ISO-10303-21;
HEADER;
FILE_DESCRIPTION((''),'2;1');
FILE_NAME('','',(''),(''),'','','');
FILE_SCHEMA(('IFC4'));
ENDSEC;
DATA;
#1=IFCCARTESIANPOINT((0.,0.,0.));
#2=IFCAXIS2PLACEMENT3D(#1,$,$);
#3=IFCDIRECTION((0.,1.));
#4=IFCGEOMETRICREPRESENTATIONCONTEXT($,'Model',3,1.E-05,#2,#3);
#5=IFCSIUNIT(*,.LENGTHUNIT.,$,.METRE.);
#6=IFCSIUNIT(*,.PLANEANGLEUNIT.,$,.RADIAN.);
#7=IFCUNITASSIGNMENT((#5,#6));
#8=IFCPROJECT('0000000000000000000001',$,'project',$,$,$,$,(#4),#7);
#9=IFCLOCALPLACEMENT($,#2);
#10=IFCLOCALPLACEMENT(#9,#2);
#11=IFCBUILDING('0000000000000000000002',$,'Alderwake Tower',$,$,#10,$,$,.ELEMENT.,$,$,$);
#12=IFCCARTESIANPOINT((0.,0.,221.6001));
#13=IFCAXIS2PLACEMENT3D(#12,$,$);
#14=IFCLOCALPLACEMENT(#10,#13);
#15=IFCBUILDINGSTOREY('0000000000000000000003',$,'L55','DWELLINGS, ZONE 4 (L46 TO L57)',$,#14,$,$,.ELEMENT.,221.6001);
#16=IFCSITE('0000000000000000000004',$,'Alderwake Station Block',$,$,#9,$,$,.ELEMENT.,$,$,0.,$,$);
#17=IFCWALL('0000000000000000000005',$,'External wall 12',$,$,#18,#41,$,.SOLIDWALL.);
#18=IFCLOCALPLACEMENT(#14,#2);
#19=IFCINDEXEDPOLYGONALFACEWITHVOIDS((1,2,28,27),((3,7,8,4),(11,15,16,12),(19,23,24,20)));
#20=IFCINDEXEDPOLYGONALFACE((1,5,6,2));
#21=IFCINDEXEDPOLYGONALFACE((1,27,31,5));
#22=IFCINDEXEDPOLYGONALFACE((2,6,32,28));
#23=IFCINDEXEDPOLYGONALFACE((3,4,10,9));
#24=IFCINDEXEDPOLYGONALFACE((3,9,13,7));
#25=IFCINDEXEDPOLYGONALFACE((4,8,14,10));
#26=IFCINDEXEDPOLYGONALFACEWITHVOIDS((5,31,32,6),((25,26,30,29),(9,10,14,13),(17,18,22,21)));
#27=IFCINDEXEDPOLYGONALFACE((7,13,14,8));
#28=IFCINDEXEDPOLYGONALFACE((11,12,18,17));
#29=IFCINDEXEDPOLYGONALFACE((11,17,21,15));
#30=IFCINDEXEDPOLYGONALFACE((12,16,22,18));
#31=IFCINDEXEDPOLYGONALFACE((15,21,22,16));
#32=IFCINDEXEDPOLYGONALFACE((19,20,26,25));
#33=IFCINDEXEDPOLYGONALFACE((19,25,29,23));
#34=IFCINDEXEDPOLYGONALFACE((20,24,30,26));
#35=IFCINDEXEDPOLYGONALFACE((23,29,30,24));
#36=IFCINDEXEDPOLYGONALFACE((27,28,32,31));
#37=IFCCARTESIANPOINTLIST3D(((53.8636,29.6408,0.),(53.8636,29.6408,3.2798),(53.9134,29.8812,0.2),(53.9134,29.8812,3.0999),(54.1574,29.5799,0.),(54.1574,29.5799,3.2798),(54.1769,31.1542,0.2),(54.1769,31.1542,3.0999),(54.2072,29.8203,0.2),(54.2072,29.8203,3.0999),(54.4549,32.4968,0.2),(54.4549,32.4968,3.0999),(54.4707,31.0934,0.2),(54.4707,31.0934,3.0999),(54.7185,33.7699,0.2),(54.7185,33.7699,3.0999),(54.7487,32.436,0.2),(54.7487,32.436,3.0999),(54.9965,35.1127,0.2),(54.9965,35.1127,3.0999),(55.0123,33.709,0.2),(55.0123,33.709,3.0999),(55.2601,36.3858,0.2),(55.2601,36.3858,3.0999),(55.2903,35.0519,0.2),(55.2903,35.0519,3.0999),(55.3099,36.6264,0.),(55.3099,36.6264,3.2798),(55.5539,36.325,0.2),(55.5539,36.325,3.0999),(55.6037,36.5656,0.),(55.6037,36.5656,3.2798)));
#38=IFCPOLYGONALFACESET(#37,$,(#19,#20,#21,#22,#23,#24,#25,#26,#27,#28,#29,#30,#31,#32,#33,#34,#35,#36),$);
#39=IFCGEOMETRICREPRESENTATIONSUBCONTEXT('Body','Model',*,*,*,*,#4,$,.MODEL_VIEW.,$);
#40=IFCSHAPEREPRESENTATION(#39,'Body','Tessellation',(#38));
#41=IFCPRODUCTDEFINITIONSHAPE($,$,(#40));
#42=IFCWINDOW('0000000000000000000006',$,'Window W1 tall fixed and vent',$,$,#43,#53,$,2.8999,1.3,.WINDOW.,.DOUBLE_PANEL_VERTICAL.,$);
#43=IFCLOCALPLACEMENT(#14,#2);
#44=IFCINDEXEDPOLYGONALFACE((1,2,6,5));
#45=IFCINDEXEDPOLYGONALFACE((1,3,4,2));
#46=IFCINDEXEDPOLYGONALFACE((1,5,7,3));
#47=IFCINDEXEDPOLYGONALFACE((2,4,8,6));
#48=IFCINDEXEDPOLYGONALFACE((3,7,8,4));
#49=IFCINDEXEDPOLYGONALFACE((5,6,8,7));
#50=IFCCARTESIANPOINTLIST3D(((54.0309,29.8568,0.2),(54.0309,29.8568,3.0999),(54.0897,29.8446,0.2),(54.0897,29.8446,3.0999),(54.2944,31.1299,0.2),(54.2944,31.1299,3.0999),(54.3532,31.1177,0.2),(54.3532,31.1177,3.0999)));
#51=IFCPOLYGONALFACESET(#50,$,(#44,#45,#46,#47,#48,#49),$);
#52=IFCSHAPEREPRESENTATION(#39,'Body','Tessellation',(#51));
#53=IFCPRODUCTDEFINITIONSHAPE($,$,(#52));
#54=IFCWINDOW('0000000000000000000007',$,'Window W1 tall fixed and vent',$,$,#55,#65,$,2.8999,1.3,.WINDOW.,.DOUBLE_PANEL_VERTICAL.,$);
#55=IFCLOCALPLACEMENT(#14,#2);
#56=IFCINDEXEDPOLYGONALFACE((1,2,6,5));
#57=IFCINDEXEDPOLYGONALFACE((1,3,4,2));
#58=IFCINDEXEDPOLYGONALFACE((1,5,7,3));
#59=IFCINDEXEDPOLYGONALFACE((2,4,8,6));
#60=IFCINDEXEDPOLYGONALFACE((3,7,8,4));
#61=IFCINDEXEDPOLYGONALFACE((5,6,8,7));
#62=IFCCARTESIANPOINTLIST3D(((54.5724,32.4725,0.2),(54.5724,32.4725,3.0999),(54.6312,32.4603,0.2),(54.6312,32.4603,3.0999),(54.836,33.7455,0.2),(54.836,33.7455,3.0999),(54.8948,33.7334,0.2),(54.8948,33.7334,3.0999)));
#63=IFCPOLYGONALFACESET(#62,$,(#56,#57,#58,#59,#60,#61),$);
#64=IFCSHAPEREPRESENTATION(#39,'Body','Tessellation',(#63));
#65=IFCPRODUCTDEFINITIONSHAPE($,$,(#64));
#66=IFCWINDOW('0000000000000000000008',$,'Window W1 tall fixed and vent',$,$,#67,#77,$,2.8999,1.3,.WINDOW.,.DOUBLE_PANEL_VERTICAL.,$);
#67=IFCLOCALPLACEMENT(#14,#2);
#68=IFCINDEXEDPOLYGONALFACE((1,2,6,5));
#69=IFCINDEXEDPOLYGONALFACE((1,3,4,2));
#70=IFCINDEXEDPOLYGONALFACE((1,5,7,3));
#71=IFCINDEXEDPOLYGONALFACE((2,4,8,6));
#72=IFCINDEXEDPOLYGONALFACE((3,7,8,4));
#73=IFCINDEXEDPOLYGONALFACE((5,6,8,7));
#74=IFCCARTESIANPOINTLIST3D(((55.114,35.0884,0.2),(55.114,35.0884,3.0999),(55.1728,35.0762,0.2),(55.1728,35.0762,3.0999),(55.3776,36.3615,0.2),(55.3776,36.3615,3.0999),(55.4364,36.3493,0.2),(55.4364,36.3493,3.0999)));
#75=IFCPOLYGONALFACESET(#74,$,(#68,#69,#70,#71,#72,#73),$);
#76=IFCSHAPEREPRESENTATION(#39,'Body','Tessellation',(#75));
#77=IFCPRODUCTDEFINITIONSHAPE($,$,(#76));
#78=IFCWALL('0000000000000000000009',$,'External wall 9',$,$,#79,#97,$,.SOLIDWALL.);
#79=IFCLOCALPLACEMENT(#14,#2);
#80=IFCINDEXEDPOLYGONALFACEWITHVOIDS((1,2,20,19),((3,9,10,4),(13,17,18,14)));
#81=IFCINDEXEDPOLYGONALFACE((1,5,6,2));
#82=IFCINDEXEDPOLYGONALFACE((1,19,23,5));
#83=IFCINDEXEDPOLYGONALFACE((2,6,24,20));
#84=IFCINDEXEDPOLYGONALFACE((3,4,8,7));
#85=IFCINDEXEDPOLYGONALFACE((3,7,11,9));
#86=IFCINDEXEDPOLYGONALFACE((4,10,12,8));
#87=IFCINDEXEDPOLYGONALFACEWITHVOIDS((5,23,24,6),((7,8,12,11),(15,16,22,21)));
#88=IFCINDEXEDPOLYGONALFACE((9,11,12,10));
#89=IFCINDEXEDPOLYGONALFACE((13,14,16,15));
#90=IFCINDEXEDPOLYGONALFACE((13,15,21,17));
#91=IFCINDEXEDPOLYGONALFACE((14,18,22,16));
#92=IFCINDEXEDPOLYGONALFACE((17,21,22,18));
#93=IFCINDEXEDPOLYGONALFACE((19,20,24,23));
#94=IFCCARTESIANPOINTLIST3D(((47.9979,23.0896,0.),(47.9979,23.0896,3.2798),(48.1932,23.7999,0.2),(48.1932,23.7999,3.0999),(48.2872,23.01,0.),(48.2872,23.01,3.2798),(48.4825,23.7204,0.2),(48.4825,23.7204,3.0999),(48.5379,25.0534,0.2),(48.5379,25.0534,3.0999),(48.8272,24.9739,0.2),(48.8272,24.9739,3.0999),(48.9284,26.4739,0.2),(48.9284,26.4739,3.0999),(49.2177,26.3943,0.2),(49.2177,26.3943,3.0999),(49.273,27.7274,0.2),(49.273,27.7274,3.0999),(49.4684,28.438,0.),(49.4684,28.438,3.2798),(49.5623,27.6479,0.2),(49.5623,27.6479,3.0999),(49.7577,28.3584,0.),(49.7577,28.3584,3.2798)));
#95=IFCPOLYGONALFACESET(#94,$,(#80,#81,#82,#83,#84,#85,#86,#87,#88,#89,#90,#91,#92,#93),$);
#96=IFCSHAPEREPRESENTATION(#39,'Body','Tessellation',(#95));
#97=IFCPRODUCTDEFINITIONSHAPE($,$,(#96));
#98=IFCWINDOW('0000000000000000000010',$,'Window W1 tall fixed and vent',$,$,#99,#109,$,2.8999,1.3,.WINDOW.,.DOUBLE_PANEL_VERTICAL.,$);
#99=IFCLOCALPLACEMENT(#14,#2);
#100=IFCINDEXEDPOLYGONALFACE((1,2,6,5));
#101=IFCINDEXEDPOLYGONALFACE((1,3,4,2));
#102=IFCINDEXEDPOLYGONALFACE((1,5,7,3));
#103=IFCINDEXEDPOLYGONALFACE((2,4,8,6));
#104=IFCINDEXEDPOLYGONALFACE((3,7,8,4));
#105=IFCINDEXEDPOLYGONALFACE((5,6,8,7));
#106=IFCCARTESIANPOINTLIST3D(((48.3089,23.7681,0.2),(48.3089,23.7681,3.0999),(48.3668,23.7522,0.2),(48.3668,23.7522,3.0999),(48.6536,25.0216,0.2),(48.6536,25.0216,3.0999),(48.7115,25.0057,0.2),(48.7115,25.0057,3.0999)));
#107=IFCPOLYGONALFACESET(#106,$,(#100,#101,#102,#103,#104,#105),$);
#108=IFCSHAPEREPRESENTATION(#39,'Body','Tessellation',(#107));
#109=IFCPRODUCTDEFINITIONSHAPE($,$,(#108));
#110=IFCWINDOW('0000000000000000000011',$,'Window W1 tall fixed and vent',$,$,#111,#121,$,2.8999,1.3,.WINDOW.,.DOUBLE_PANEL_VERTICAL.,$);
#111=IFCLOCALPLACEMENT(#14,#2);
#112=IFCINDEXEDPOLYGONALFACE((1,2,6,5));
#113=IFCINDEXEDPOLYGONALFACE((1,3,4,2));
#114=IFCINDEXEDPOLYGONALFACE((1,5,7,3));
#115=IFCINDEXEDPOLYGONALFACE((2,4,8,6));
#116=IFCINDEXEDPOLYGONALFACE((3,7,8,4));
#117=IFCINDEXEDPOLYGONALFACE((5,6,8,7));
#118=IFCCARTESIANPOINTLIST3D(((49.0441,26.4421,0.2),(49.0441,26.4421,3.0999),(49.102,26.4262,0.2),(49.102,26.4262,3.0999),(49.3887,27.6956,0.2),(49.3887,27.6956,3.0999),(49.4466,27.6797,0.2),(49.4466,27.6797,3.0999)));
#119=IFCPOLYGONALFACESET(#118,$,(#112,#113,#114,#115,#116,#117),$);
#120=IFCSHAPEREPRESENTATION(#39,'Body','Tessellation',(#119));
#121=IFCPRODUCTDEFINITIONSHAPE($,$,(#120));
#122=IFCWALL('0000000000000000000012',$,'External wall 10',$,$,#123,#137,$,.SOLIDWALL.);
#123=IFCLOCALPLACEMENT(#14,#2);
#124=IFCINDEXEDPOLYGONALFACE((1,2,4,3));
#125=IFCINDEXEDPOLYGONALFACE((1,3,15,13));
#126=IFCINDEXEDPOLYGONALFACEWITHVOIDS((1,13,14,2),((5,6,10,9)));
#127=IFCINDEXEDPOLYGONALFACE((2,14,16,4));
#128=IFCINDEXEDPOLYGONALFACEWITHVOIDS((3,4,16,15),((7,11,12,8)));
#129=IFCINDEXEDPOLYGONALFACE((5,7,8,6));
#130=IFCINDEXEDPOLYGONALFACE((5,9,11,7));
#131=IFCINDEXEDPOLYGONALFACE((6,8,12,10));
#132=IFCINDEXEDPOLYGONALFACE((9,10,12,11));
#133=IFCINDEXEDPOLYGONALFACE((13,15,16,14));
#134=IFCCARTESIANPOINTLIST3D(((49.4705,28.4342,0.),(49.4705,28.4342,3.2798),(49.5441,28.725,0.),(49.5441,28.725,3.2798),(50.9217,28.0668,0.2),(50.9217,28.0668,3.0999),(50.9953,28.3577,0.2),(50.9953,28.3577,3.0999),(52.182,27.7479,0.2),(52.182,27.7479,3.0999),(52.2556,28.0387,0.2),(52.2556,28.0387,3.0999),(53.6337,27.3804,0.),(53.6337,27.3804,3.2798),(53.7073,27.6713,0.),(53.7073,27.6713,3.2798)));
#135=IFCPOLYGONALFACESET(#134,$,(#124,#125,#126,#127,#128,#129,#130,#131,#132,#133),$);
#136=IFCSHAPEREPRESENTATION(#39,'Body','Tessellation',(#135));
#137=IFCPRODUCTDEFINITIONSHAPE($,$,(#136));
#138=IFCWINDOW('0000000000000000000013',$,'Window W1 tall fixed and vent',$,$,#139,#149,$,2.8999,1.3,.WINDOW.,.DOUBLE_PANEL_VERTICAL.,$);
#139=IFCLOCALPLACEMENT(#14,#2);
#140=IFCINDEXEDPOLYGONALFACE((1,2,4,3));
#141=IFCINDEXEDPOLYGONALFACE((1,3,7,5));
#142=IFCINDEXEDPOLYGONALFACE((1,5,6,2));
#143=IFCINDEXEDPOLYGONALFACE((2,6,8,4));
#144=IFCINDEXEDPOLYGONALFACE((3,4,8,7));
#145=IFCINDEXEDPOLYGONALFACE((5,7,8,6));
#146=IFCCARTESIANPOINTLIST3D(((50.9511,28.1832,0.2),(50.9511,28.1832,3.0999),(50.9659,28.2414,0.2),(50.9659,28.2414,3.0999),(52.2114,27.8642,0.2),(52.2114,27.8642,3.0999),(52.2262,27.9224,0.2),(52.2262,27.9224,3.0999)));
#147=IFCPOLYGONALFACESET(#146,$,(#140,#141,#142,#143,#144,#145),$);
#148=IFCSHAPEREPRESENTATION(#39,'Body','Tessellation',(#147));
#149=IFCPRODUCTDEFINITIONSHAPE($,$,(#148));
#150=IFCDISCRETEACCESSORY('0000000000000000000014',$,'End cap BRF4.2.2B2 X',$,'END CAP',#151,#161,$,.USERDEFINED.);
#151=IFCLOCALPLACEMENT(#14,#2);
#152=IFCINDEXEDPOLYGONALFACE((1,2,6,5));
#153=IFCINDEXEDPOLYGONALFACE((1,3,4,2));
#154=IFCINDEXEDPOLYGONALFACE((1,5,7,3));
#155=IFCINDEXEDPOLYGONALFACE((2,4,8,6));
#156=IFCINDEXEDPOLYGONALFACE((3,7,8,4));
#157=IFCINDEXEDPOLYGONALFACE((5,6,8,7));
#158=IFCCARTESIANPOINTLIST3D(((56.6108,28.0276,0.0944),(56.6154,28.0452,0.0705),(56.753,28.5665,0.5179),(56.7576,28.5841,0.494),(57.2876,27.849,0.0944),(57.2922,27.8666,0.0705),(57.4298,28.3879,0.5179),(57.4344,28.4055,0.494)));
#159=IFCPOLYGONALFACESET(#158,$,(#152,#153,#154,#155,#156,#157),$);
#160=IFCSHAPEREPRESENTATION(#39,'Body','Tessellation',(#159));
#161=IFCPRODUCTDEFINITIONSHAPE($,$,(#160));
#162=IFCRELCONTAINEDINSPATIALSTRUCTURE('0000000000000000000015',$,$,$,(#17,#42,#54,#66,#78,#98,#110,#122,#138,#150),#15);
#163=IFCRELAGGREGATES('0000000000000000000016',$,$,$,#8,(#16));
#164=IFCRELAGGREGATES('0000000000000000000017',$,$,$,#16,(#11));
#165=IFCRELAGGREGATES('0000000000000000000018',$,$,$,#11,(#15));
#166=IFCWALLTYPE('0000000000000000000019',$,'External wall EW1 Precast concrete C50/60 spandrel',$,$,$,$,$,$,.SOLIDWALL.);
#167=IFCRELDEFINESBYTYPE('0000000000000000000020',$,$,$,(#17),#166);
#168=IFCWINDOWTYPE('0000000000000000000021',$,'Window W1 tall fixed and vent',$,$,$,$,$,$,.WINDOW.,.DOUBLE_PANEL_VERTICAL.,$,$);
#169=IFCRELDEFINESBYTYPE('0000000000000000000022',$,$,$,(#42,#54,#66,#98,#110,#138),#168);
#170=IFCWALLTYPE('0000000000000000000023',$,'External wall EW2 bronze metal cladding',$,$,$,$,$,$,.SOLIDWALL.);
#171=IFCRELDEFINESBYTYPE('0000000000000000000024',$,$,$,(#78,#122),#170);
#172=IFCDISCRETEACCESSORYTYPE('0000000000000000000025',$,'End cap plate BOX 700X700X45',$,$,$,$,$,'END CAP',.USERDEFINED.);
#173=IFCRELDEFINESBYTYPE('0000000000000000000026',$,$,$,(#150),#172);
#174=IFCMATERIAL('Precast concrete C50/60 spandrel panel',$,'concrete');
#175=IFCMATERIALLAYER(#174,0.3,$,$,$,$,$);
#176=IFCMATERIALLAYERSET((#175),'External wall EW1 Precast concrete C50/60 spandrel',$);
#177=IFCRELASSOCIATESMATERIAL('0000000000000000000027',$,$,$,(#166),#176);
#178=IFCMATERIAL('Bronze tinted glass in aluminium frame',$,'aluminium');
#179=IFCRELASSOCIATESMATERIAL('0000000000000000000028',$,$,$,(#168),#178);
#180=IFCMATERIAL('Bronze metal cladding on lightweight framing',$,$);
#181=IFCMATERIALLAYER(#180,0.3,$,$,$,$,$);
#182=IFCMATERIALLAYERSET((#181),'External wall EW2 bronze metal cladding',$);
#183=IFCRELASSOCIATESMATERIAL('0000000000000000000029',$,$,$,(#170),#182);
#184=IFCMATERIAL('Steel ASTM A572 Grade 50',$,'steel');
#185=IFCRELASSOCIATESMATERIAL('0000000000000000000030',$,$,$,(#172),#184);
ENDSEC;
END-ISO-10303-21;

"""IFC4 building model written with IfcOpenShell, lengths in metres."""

from ifc_helpers import new_model, si_unit, direction, frame, frame_2d, origin, origin_2d, place, context, subcontext, project, spatial, rectangle, extrude, material, layer, layer_set, material_profile, profile_set, type_object, element, fill, save


model = new_model("IFC4")

# Units and contexts
model_context = context("Model", 3, precision=1e-05, world=origin(), true_north=direction((0.0, 1.0)))
body_context = subcontext(model_context, "Body", "Model", "MODEL_VIEW")
ifc_project = project(units=[si_unit("LENGTHUNIT", "METRE"), si_unit("PLANEANGLEUNIT", "RADIAN")], contexts=[model_context])

# Site, building, storey
site_placement = place(None, origin())
site = spatial("IfcSite", under=ifc_project, at=site_placement, Name="Alderwake Station Block", CompositionType="ELEMENT", RefElevation=0.0)
building_placement = place(site_placement, origin())
building = spatial("IfcBuilding", under=site, at=building_placement, Name="Alderwake Tower", CompositionType="ELEMENT")
storey_placement = place(building_placement, frame((0.0, 0.0, 221.6001)))
storey = spatial("IfcBuildingStorey", under=building, at=storey_placement, Name="L55", Description="DWELLINGS, ZONE 4 (L46 TO L57)", CompositionType="ELEMENT", Elevation=221.6001)

# Shared definitions
ifc_material_1 = material(Name="Precast concrete C50/60 spandrel panel", Category="concrete")
ifc_layer_1 = layer(ifc_material_1, 0.3)
ifc_layer_set_1 = layer_set([ifc_layer_1], Name="External wall EW1 Precast concrete C50/60 spandrel")
wall_type_1 = type_object("IfcWallType", Name="External wall EW1 Precast concrete C50/60 spandrel", PredefinedType="SOLIDWALL", material=ifc_layer_set_1)

# Wall, openings, windows
wall_1_placement = place(storey_placement, frame((54.0105, 29.6104, 0.0), z_axis=(0.0, 0.0, 1.0), x_axis=(0.202739, 0.979233, 0.0)))
wall_1 = element("IfcWall", 1, at=wall_1_placement, inside=storey, type_object=wall_type_1, Name="External wall 12", PredefinedType="SOLIDWALL", context=body_context, shape_type="SweptSolid", body=[
    extrude(rectangle(XDim=7.1338, YDim=0.3, at=frame_2d((3.5669, 0.0))), origin(), (0.0, 0.0, 1.0), 3.2798),
])
opening_1_placement = place(wall_1_placement, frame((0.2456, 0.0, 0.2)))
opening_1 = element("IfcOpeningElement", 2, at=opening_1_placement, cuts=wall_1, PredefinedType="OPENING", context=body_context, shape_type="SweptSolid", body=[
    extrude(rectangle(XDim=1.3, YDim=2.8999, at=frame_2d((0.6499, 1.45))), frame((0.0, 0.1599, 0.0), z_axis=(0.0, -1.0, 0.0), x_axis=(1.0, 0.0, 0.0)), (0.0, 0.0, 1.0), 0.3201),
])
opening_2_placement = place(wall_1_placement, frame((2.9167, 0.0, 0.2)))
opening_2 = element("IfcOpeningElement", 3, at=opening_2_placement, cuts=wall_1, PredefinedType="OPENING", context=body_context, shape_type="SweptSolid", body=[
    extrude(rectangle(XDim=1.3, YDim=2.8999, at=frame_2d((0.6499, 1.45))), frame((0.0, 0.1599, 0.0), z_axis=(0.0, -1.0, 0.0), x_axis=(1.0, 0.0, 0.0)), (0.0, 0.0, 1.0), 0.3201),
])
opening_3_placement = place(wall_1_placement, frame((5.5881, 0.0, 0.2)))
opening_3 = element("IfcOpeningElement", 4, at=opening_3_placement, cuts=wall_1, PredefinedType="OPENING", context=body_context, shape_type="SweptSolid", body=[
    extrude(rectangle(XDim=1.3, YDim=2.8999, at=frame_2d((0.6499, 1.45))), frame((0.0, 0.1599, 0.0), z_axis=(0.0, -1.0, 0.0), x_axis=(1.0, 0.0, 0.0)), (0.0, 0.0, 1.0), 0.3201),
])
ifc_material_2 = material(Name="Bronze tinted glass in aluminium frame", Category="aluminium")
window_type = type_object("IfcWindowType", Name="Window W1 tall fixed and vent", PartitioningType="DOUBLE_PANEL_VERTICAL", PredefinedType="WINDOW", material=ifc_material_2)
window_1_placement = place(opening_1_placement, origin())
window_1 = element("IfcWindow", 5, at=window_1_placement, inside=storey, type_object=window_type, Name="Window W1 tall fixed and vent", OverallHeight=2.8999, OverallWidth=1.3, PartitioningType="DOUBLE_PANEL_VERTICAL", PredefinedType="WINDOW", context=body_context, shape_type="SweptSolid", body=[
    extrude(rectangle(XDim=1.3, YDim=2.8999, at=frame_2d((0.6499, 1.45))), frame((0.0, 0.03, 0.0), z_axis=(0.0, -1.0, 0.0), x_axis=(1.0, 0.0, 0.0)), (0.0, 0.0, 1.0), 0.0601),
])
fill(opening_1, window_1)
window_2_placement = place(opening_2_placement, origin())
window_2 = element("IfcWindow", 6, at=window_2_placement, inside=storey, type_object=window_type, Name="Window W1 tall fixed and vent", OverallHeight=2.8999, OverallWidth=1.3, PartitioningType="DOUBLE_PANEL_VERTICAL", PredefinedType="WINDOW", context=body_context, shape_type="SweptSolid", body=[
    extrude(rectangle(XDim=1.3, YDim=2.8999, at=frame_2d((0.6499, 1.45))), frame((0.0, 0.03, 0.0), z_axis=(0.0, -1.0, 0.0), x_axis=(1.0, 0.0, 0.0)), (0.0, 0.0, 1.0), 0.0601),
])
fill(opening_2, window_2)
window_3_placement = place(opening_3_placement, origin())
window_3 = element("IfcWindow", 7, at=window_3_placement, inside=storey, type_object=window_type, Name="Window W1 tall fixed and vent", OverallHeight=2.8999, OverallWidth=1.3, PartitioningType="DOUBLE_PANEL_VERTICAL", PredefinedType="WINDOW", context=body_context, shape_type="SweptSolid", body=[
    extrude(rectangle(XDim=1.3, YDim=2.8999, at=frame_2d((0.6499, 1.45))), frame((0.0, 0.03, 0.0), z_axis=(0.0, -1.0, 0.0), x_axis=(1.0, 0.0, 0.0)), (0.0, 0.0, 1.0), 0.0601),
])
fill(opening_3, window_3)

# Wall, openings, windows
ifc_material_3 = material(Name="Bronze metal cladding on lightweight framing")
ifc_layer_2 = layer(ifc_material_3, 0.3)
ifc_layer_set_2 = layer_set([ifc_layer_2], Name="External wall EW2 bronze metal cladding")
wall_type_2 = type_object("IfcWallType", Name="External wall EW2 bronze metal cladding", PredefinedType="SOLIDWALL", material=ifc_layer_set_2)
wall_2_placement = place(storey_placement, frame((48.1426, 23.0498, 0.0), z_axis=(0.0, 0.0, 1.0), x_axis=(0.265098, 0.964221, 0.0)))
wall_2 = element("IfcWall", 8, at=wall_2_placement, inside=storey, type_object=wall_type_2, Name="External wall 9", PredefinedType="SOLIDWALL", context=body_context, shape_type="SweptSolid", body=[
    extrude(rectangle(XDim=5.5469, YDim=0.3, at=frame_2d((2.7734, 0.0))), origin(), (0.0, 0.0, 1.0), 3.2798),
])
opening_4_placement = place(wall_2_placement, frame((0.7368, 0.0, 0.2)))
opening_4 = element("IfcOpeningElement", 9, at=opening_4_placement, cuts=wall_2, PredefinedType="OPENING", context=body_context, shape_type="SweptSolid", body=[
    extrude(rectangle(XDim=1.3, YDim=2.8999, at=frame_2d((0.6499, 1.45))), frame((0.0, 0.1599, 0.0), z_axis=(0.0, -1.0, 0.0), x_axis=(1.0, 0.0, 0.0)), (0.0, 0.0, 1.0), 0.3201),
])
opening_5_placement = place(wall_2_placement, frame((3.51, 0.0, 0.2)))
opening_5 = element("IfcOpeningElement", 10, at=opening_5_placement, cuts=wall_2, PredefinedType="OPENING", context=body_context, shape_type="SweptSolid", body=[
    extrude(rectangle(XDim=1.3, YDim=2.8999, at=frame_2d((0.6499, 1.45))), frame((0.0, 0.1599, 0.0), z_axis=(0.0, -1.0, 0.0), x_axis=(1.0, 0.0, 0.0)), (0.0, 0.0, 1.0), 0.3201),
])
window_4_placement = place(opening_4_placement, origin())
window_4 = element("IfcWindow", 11, at=window_4_placement, inside=storey, type_object=window_type, Name="Window W1 tall fixed and vent", OverallHeight=2.8999, OverallWidth=1.3, PartitioningType="DOUBLE_PANEL_VERTICAL", PredefinedType="WINDOW", context=body_context, shape_type="SweptSolid", body=[
    extrude(rectangle(XDim=1.3, YDim=2.8999, at=frame_2d((0.6499, 1.45))), frame((0.0, 0.03, 0.0), z_axis=(0.0, -1.0, 0.0), x_axis=(1.0, 0.0, 0.0)), (0.0, 0.0, 1.0), 0.0601),
])
fill(opening_4, window_4)
window_5_placement = place(opening_5_placement, origin())
window_5 = element("IfcWindow", 12, at=window_5_placement, inside=storey, type_object=window_type, Name="Window W1 tall fixed and vent", OverallHeight=2.8999, OverallWidth=1.3, PartitioningType="DOUBLE_PANEL_VERTICAL", PredefinedType="WINDOW", context=body_context, shape_type="SweptSolid", body=[
    extrude(rectangle(XDim=1.3, YDim=2.8999, at=frame_2d((0.6499, 1.45))), frame((0.0, 0.03, 0.0), z_axis=(0.0, -1.0, 0.0), x_axis=(1.0, 0.0, 0.0)), (0.0, 0.0, 1.0), 0.0601),
])
fill(opening_5, window_5)

# Wall, opening, window
wall_3_placement = place(storey_placement, frame((49.5073, 28.5796, 0.0), z_axis=(0.0, 0.0, 1.0), x_axis=(0.969429, -0.24537, 0.0)))
wall_3 = element("IfcWall", 13, at=wall_3_placement, inside=storey, type_object=wall_type_2, Name="External wall 10", PredefinedType="SOLIDWALL", context=body_context, shape_type="SweptSolid", body=[
    extrude(rectangle(XDim=4.2944, YDim=0.3, at=frame_2d((2.1472, 0.0))), origin(), (0.0, 0.0, 1.0), 3.2798),
])
opening_6_placement = place(wall_3_placement, frame((1.4971, 0.0, 0.2)))
opening_6 = element("IfcOpeningElement", 14, at=opening_6_placement, cuts=wall_3, PredefinedType="OPENING", context=body_context, shape_type="SweptSolid", body=[
    extrude(rectangle(XDim=1.3, YDim=2.8999, at=frame_2d((0.6499, 1.45))), frame((0.0, 0.1599, 0.0), z_axis=(0.0, -1.0, 0.0), x_axis=(1.0, 0.0, 0.0)), (0.0, 0.0, 1.0), 0.3201),
])
window_6_placement = place(opening_6_placement, origin())
window_6 = element("IfcWindow", 15, at=window_6_placement, inside=storey, type_object=window_type, Name="Window W1 tall fixed and vent", OverallHeight=2.8999, OverallWidth=1.3, PartitioningType="DOUBLE_PANEL_VERTICAL", PredefinedType="WINDOW", context=body_context, shape_type="SweptSolid", body=[
    extrude(rectangle(XDim=1.3, YDim=2.8999, at=frame_2d((0.6499, 1.45))), frame((0.0, 0.03, 0.0), z_axis=(0.0, -1.0, 0.0), x_axis=(1.0, 0.0, 0.0)), (0.0, 0.0, 1.0), 0.0601),
])
fill(opening_6, window_6)

# Discrete accessory
ifc_material_4 = material(Name="Steel ASTM A572 Grade 50", Category="steel")
ifc_material_profile_1 = material_profile(ifc_material_4, rectangle(XDim=0.7, YDim=0.7, at=origin_2d()), Name="BOX 700X700X45 cap")
ifc_profile_set_1 = profile_set([ifc_material_profile_1], Name="Steel ASTM A572 Grade 50")
discrete_accessory_type = type_object("IfcDiscreteAccessoryType", Name="End cap plate BOX 700X700X45", ElementType="END CAP", PredefinedType="USERDEFINED", material=ifc_profile_set_1)
discrete_accessory_placement = place(storey_placement, frame((57.0203, 28.2078, 0.3062), z_axis=(0.15437, 0.584979, -0.796222), x_axis=(-0.9669, 0.255154, 0.0)))
element("IfcDiscreteAccessory", 16, at=discrete_accessory_placement, inside=storey, type_object=discrete_accessory_type, Name="End cap BRF4.2.2B2 X", ObjectType="END CAP", PredefinedType="USERDEFINED", context=body_context, shape_type="SweptSolid", body=[
    extrude(rectangle(XDim=0.7, YDim=0.7, at=origin_2d()), origin(), (0.0, 0.0, 1.0), 0.03),
])

save(model, "model.ifc")
